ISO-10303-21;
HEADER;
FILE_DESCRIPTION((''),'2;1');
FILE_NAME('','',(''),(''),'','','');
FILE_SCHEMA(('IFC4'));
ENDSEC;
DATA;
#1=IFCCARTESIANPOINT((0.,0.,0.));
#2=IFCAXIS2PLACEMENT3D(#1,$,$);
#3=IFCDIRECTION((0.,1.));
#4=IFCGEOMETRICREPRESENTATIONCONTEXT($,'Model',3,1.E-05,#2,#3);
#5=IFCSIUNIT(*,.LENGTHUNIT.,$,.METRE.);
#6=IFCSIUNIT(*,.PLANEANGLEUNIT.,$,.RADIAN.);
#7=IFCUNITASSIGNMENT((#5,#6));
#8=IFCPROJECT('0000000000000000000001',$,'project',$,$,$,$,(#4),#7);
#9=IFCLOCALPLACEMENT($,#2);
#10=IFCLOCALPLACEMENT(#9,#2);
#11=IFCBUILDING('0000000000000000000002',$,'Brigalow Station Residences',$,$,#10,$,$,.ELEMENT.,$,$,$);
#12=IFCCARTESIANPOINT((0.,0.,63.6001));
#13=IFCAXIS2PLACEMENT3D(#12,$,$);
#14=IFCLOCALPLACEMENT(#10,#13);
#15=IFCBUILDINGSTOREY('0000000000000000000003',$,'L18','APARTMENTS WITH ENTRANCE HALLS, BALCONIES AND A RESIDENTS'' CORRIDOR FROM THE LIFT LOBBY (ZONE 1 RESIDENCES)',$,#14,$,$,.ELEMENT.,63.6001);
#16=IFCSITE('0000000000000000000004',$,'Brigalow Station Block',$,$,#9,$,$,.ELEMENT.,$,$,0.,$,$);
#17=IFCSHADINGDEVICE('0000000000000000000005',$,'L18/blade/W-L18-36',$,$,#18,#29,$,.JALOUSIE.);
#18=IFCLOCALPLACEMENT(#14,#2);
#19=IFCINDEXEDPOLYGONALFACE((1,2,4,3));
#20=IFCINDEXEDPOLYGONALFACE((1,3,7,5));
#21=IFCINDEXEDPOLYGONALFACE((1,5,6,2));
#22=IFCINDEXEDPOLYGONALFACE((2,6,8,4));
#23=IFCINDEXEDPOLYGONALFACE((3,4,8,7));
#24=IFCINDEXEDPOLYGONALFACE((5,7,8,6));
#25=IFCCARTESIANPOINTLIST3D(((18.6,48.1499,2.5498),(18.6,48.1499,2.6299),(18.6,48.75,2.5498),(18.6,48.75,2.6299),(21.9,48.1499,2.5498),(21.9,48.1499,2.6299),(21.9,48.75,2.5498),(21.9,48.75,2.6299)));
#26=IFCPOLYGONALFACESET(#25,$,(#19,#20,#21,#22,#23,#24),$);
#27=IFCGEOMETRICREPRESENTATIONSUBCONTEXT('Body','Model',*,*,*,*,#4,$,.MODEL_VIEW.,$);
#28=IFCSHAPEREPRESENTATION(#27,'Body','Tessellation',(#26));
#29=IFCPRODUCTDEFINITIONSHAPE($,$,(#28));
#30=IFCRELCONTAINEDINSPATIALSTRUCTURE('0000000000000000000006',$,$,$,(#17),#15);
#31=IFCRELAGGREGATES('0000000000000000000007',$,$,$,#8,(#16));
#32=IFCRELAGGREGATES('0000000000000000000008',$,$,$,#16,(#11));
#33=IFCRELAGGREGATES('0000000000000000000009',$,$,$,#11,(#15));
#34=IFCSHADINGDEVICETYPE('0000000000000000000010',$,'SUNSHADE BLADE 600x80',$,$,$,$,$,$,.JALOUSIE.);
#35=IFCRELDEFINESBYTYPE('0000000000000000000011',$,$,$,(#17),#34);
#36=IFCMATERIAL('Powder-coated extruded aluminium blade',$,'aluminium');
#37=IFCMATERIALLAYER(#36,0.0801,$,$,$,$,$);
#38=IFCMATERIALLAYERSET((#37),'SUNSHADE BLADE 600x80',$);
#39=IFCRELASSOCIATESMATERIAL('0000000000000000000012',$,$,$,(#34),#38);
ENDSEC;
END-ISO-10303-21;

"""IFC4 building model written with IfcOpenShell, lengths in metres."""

from ifc_helpers import new_model, si_unit, direction, frame, origin, origin_2d, place, context, subcontext, project, spatial, rectangle, extrude, material, layer, layer_set, type_object, element, save


model = new_model("IFC4")

# Units and contexts
model_context = context("Model", 3, precision=1e-05, world=origin(), true_north=direction((0.0, 1.0)))
body_context = subcontext(model_context, "Body", "Model", "MODEL_VIEW")
ifc_project = project(units=[si_unit("LENGTHUNIT", "METRE"), si_unit("PLANEANGLEUNIT", "RADIAN")], contexts=[model_context])

# Site, building, storey
site_placement = place(None, origin())
site = spatial("IfcSite", under=ifc_project, at=site_placement, Name="Brigalow Station Block", CompositionType="ELEMENT", RefElevation=0.0)
building_placement = place(site_placement, origin())
building = spatial("IfcBuilding", under=site, at=building_placement, Name="Brigalow Station Residences", CompositionType="ELEMENT")
storey_placement = place(building_placement, frame((0.0, 0.0, 63.6001)))
storey = spatial("IfcBuildingStorey", under=building, at=storey_placement, Name="L18", Description="APARTMENTS WITH ENTRANCE HALLS, BALCONIES AND A RESIDENTS' CORRIDOR FROM THE LIFT LOBBY (ZONE 1 RESIDENCES)", CompositionType="ELEMENT", Elevation=63.6001)

# Shading device
ifc_material_1 = material(Name="Powder-coated extruded aluminium blade", Category="aluminium")
ifc_layer_1 = layer(ifc_material_1, 0.0801)
ifc_layer_set_1 = layer_set([ifc_layer_1], Name="SUNSHADE BLADE 600x80")
shading_device_type = type_object("IfcShadingDeviceType", Name="SUNSHADE BLADE 600x80", PredefinedType="JALOUSIE", material=ifc_layer_set_1)
shading_device_placement = place(storey_placement, frame((20.25, 48.45, 2.5498), z_axis=(0.0, 0.0, 1.0), x_axis=(-1.0, 0.0, 0.0)))
element("IfcShadingDevice", 1, at=shading_device_placement, inside=storey, type_object=shading_device_type, Name="L18/blade/W-L18-36", PredefinedType="JALOUSIE", context=body_context, shape_type="SweptSolid", body=[
    extrude(rectangle(XDim=3.3, YDim=0.6001, at=origin_2d()), origin(), (0.0, 0.0, 1.0), 0.0801),
])

save(model, "model.ifc")
